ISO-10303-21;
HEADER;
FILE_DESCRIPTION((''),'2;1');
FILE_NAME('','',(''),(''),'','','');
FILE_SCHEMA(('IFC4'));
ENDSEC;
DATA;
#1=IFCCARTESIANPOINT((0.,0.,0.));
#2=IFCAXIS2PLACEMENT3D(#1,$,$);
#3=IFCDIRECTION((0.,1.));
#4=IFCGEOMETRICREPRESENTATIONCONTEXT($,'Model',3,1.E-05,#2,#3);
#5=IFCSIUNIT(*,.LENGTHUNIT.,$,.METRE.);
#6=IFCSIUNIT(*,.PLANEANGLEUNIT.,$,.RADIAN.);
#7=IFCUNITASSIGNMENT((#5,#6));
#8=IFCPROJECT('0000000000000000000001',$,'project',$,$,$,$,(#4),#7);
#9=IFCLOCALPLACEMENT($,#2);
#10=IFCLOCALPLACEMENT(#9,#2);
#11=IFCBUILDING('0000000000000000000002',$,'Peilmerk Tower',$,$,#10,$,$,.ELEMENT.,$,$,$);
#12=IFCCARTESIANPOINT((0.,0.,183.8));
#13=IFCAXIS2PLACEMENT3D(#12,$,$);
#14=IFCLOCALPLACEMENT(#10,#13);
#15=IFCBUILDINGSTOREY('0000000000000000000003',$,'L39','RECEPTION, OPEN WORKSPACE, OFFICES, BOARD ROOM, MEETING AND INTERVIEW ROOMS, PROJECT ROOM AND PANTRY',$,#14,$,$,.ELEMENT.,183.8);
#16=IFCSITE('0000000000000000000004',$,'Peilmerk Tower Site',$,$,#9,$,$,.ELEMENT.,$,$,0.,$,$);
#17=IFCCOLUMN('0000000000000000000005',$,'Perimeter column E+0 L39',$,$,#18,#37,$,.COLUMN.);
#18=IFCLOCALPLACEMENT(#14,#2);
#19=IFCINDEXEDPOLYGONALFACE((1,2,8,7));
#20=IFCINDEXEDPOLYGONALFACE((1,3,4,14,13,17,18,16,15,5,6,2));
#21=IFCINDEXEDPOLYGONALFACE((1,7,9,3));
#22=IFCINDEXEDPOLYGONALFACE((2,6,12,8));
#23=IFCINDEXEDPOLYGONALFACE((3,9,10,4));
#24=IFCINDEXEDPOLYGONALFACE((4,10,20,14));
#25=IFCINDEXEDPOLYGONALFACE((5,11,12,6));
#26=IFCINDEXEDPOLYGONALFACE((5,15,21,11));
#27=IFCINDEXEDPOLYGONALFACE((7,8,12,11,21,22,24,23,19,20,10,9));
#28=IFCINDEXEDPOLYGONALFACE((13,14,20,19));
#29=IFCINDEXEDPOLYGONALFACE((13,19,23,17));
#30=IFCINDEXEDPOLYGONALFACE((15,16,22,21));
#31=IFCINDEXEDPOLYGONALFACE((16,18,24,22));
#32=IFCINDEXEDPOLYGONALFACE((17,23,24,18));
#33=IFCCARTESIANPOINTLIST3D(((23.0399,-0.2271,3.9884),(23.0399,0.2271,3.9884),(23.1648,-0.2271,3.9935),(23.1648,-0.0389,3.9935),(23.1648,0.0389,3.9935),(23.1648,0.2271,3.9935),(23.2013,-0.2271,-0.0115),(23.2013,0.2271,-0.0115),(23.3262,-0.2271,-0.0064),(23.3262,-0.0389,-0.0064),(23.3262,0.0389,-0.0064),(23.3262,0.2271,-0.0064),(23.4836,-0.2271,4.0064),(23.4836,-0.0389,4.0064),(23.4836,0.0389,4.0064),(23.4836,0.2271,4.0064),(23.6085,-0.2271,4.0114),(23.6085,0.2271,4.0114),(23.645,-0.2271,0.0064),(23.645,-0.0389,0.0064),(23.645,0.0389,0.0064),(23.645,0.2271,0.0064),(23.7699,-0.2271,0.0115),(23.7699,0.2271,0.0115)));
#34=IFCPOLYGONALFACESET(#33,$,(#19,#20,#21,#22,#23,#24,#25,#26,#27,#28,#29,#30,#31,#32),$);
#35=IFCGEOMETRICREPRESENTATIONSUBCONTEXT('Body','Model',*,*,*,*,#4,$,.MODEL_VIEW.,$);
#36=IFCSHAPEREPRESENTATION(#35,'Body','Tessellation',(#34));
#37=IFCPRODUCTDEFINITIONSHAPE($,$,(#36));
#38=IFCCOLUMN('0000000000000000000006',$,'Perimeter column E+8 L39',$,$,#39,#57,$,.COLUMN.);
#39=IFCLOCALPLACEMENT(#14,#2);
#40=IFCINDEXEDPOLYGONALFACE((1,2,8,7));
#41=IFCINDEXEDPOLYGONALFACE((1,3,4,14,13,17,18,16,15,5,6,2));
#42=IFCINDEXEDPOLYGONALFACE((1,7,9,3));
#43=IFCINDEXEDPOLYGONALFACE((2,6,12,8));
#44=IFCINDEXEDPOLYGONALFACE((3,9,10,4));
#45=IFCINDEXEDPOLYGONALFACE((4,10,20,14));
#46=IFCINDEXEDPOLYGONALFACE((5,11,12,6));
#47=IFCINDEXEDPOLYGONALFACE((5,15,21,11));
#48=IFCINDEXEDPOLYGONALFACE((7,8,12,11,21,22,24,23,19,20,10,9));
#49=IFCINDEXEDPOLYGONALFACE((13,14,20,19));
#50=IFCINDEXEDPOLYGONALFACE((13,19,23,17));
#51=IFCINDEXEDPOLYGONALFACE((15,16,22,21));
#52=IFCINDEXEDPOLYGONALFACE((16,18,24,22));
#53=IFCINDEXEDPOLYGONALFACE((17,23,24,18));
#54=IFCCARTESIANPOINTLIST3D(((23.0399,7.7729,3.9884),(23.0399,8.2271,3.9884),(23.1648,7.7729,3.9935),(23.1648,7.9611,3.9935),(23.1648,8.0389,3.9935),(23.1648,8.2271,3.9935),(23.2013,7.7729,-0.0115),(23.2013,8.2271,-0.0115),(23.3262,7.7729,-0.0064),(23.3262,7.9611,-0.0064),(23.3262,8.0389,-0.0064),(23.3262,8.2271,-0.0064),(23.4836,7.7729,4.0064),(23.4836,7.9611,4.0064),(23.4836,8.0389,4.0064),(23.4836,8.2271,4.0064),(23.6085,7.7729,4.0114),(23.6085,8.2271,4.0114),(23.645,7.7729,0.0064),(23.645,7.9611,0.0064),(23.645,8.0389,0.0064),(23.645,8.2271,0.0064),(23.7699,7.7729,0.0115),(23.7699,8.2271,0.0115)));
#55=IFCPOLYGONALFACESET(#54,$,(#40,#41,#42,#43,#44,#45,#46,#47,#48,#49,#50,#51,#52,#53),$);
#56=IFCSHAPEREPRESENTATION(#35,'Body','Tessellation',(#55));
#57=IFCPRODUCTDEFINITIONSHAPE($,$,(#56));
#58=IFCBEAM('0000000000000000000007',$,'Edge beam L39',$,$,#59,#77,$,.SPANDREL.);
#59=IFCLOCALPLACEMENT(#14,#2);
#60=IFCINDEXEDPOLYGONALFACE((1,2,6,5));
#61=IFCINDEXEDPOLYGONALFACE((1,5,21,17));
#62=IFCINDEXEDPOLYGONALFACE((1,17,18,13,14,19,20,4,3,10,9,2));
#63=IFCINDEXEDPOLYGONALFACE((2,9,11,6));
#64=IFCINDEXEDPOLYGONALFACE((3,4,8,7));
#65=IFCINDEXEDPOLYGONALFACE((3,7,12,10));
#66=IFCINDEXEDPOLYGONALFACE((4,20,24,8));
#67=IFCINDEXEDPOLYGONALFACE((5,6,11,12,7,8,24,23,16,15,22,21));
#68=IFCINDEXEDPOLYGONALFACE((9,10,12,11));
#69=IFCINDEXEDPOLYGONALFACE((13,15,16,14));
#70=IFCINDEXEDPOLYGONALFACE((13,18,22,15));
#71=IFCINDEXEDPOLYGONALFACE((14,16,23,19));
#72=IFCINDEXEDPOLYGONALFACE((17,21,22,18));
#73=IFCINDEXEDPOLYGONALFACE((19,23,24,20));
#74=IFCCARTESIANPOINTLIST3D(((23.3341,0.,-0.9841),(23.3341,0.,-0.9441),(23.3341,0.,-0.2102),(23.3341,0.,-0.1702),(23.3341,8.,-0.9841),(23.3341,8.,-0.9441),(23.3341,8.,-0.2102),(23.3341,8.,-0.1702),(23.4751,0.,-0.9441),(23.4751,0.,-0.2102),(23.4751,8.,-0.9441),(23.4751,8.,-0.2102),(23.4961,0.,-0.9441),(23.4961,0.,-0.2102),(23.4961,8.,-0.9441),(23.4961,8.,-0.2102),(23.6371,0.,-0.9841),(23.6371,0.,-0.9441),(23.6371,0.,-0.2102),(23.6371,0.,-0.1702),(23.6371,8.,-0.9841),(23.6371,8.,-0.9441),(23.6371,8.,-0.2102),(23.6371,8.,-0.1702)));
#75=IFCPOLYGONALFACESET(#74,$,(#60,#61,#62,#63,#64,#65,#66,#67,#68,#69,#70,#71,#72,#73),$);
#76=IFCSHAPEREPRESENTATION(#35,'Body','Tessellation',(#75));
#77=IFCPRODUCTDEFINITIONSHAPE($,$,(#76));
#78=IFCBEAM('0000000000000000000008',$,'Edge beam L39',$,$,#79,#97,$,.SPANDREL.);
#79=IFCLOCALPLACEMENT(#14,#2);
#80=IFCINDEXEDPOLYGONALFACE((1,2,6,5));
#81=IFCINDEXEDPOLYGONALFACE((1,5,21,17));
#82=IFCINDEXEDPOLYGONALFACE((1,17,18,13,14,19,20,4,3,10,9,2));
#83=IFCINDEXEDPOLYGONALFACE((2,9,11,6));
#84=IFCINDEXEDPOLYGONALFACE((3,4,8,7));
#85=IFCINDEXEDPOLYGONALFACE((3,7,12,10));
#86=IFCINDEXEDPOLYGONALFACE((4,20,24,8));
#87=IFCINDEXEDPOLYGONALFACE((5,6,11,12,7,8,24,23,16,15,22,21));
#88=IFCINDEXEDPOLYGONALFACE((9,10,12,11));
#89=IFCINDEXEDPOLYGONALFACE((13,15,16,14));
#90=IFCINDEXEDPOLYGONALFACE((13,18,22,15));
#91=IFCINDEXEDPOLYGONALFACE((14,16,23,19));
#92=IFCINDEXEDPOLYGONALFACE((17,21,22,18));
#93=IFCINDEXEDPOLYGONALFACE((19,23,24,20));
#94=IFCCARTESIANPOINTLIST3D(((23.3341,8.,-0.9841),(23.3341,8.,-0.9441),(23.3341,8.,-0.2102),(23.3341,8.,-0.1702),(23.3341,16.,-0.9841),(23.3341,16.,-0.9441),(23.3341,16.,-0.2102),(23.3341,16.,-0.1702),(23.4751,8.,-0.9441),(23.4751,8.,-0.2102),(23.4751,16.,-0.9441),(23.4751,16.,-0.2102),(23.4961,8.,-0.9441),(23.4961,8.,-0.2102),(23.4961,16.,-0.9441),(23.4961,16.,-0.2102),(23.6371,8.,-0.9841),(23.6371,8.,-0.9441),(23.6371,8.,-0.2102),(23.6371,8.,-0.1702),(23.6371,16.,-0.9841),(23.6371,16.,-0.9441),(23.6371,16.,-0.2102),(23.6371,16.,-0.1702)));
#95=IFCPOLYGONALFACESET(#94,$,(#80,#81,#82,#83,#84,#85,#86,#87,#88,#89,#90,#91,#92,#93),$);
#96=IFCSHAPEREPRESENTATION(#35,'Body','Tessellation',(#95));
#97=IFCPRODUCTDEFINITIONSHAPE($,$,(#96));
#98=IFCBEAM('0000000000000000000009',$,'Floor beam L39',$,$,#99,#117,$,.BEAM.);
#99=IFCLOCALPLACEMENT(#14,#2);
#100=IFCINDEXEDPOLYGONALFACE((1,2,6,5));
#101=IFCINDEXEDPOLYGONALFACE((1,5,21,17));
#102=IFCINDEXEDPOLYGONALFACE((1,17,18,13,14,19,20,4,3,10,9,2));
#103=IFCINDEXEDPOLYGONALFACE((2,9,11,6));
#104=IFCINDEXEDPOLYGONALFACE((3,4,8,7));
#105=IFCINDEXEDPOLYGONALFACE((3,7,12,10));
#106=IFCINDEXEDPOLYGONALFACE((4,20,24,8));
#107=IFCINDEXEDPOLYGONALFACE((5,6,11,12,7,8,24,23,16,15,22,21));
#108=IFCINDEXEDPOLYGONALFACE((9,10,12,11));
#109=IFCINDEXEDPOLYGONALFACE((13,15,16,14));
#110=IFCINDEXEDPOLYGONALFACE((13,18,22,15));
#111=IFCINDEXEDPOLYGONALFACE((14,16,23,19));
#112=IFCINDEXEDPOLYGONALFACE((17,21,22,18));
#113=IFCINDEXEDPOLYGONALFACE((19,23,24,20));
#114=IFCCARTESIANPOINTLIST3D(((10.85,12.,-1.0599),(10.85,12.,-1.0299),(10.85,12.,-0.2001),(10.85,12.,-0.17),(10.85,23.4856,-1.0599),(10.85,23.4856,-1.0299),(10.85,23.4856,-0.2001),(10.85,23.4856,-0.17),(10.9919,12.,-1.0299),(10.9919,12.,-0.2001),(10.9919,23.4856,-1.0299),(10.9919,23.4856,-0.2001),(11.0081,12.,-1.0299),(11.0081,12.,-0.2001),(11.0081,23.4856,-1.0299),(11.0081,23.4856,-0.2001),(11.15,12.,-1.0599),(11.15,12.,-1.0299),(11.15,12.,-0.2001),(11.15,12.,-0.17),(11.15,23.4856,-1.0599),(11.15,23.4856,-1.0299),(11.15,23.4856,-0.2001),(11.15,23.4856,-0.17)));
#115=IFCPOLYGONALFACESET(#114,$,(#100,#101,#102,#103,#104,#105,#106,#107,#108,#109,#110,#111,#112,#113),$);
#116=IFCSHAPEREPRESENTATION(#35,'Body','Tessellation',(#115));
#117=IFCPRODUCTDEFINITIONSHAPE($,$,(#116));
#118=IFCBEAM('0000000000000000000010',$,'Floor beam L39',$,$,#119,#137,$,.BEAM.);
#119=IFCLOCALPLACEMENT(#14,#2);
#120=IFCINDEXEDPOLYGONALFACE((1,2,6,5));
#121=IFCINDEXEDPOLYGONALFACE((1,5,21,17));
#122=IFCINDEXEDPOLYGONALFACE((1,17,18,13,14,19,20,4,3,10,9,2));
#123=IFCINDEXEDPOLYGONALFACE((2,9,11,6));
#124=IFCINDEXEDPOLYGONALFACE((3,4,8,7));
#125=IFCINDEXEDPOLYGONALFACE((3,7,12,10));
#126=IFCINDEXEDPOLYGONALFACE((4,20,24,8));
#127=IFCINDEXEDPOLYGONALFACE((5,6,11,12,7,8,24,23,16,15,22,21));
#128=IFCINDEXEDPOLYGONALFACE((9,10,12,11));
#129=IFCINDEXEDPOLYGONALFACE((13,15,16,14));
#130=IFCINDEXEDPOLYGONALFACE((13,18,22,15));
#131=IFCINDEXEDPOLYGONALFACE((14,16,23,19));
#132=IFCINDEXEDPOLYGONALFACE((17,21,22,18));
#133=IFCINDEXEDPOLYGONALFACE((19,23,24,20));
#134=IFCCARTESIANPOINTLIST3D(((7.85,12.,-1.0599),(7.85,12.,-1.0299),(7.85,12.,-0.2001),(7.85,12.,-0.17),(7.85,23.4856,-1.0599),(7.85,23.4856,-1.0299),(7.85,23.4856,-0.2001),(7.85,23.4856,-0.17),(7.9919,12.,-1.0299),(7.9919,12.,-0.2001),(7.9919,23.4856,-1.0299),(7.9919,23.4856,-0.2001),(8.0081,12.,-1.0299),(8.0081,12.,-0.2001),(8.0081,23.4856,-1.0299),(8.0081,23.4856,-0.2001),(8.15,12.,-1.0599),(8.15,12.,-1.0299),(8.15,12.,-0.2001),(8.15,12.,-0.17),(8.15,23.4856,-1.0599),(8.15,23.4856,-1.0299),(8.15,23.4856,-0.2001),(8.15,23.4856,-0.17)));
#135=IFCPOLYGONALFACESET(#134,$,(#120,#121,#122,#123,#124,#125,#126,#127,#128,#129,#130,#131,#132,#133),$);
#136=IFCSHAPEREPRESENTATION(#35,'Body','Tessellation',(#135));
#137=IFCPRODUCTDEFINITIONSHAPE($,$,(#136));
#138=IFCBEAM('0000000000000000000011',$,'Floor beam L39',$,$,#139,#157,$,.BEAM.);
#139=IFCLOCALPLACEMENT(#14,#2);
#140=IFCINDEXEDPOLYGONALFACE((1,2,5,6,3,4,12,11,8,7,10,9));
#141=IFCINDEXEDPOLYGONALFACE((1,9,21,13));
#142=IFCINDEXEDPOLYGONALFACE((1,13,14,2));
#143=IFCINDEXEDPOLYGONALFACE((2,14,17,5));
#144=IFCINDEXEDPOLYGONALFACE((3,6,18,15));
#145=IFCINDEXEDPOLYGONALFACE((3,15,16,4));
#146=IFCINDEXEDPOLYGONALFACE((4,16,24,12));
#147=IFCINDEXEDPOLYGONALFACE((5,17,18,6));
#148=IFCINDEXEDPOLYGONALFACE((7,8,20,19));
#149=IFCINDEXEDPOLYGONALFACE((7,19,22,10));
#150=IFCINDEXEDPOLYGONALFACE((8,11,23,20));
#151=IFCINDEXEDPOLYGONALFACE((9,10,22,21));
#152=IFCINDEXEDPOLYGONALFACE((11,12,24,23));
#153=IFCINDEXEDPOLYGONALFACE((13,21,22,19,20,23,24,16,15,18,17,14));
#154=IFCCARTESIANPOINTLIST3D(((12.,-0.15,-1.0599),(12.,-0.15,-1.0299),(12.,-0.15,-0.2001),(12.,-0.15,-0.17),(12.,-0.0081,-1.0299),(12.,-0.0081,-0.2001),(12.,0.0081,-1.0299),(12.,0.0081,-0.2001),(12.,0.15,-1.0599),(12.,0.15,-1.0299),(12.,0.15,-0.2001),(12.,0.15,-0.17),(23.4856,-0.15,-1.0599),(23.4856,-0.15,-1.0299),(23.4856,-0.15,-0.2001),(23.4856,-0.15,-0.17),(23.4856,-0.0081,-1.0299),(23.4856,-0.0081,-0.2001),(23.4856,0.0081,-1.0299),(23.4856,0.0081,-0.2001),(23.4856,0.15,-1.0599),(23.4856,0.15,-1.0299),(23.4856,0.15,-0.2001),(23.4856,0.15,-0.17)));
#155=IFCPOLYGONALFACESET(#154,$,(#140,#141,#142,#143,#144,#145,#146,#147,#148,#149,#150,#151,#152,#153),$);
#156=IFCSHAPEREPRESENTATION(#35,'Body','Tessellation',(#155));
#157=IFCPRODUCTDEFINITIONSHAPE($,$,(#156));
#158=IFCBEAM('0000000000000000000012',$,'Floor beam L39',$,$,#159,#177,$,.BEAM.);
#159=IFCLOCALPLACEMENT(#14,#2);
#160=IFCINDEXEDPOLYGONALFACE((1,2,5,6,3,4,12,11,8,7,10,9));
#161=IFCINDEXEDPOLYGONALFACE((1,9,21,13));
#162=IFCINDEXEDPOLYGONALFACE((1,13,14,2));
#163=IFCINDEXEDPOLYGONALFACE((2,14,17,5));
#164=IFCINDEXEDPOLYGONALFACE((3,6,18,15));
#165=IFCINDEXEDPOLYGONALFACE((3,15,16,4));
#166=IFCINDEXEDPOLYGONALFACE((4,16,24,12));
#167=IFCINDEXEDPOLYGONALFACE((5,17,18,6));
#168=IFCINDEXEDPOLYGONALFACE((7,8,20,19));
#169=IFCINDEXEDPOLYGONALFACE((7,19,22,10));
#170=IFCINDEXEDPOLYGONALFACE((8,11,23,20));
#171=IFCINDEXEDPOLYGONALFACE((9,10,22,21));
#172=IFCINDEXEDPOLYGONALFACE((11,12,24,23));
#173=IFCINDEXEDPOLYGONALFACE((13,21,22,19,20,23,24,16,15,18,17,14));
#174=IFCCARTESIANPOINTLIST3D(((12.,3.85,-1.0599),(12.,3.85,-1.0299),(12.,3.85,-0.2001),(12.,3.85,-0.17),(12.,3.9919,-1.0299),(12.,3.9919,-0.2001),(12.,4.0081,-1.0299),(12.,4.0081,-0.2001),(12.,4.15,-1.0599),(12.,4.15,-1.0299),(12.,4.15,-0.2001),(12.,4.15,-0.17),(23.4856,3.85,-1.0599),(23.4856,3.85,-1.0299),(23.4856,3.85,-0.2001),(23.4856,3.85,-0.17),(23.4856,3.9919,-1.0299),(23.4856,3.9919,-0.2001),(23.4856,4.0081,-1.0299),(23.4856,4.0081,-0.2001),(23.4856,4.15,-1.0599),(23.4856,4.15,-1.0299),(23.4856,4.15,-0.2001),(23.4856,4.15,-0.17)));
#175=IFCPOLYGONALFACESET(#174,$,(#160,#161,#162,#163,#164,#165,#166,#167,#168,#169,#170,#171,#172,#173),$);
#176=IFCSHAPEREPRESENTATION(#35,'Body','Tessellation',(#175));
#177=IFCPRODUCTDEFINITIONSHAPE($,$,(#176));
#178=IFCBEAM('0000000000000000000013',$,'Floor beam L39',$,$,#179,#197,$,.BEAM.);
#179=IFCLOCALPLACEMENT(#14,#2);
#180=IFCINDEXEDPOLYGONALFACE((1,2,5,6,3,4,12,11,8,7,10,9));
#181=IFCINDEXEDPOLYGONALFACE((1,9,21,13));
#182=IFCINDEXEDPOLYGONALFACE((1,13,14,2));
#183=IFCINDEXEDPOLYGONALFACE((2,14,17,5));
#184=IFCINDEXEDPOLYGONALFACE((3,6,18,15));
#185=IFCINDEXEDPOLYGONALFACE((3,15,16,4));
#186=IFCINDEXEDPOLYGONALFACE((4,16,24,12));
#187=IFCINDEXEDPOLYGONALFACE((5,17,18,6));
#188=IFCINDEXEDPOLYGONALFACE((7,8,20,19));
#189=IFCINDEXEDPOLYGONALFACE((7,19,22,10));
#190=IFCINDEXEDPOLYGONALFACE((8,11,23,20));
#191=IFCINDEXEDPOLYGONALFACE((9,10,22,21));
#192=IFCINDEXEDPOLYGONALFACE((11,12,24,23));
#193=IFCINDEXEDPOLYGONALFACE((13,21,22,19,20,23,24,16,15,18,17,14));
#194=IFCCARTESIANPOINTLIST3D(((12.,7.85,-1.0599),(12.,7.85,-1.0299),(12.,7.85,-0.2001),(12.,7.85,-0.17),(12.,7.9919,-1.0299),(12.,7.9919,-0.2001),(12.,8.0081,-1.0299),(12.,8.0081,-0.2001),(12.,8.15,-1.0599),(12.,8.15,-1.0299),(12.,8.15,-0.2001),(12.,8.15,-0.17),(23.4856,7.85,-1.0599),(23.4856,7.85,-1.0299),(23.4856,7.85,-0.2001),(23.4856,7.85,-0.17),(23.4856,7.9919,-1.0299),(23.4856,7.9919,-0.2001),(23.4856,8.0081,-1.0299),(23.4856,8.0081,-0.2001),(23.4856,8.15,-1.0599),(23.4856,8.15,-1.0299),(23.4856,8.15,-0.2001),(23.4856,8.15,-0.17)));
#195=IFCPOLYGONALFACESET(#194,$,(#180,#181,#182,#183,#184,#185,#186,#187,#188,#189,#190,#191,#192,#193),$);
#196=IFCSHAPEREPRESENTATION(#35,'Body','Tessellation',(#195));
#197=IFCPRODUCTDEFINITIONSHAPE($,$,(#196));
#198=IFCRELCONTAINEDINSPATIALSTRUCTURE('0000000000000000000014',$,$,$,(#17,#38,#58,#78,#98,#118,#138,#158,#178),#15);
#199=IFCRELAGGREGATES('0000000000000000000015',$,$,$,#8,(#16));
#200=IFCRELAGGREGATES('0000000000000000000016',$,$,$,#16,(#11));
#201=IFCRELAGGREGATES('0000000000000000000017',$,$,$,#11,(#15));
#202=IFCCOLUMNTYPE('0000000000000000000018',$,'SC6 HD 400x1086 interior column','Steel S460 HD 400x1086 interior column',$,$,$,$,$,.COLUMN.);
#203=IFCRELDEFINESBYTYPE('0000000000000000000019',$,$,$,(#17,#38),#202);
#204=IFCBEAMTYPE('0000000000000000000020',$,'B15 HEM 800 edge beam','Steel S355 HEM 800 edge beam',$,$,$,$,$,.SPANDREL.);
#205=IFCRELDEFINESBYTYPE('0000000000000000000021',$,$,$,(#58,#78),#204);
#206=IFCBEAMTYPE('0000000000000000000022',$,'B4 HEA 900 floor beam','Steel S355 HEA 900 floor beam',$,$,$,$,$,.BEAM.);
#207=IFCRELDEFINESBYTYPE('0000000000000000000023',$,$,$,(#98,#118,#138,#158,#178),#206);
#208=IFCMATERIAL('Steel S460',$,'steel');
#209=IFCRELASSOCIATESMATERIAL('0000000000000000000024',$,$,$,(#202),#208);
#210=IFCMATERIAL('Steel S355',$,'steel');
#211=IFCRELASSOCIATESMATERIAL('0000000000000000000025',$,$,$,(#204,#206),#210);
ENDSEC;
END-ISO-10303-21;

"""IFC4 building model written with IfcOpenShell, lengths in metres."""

from ifc_helpers import new_model, si_unit, direction, frame, origin, origin_2d, place, context, subcontext, project, spatial, i_section, extrude, material, material_profile, profile_set, type_object, element, save


model = new_model("IFC4")

# Units and contexts
model_context = context("Model", 3, precision=1e-05, world=origin(), true_north=direction((0.0, 1.0)))
body_context = subcontext(model_context, "Body", "Model", "MODEL_VIEW")
ifc_project = project(units=[si_unit("LENGTHUNIT", "METRE"), si_unit("PLANEANGLEUNIT", "RADIAN")], contexts=[model_context])

# Site, building, storey
site_placement = place(None, origin())
site = spatial("IfcSite", under=ifc_project, at=site_placement, Name="Peilmerk Tower Site", CompositionType="ELEMENT", RefElevation=0.0)
building_placement = place(site_placement, origin())
building = spatial("IfcBuilding", under=site, at=building_placement, Name="Peilmerk Tower", CompositionType="ELEMENT")
storey_placement = place(building_placement, frame((0.0, 0.0, 183.8)))
storey = spatial("IfcBuildingStorey", under=building, at=storey_placement, Name="L39", Description="RECEPTION, OPEN WORKSPACE, OFFICES, BOARD ROOM, MEETING AND INTERVIEW ROOMS, PROJECT ROOM AND PANTRY", CompositionType="ELEMENT", Elevation=183.8)

# Columns
ifc_material_1 = material(Name="Steel S460", Category="steel")
ifc_material_profile_1 = material_profile(ifc_material_1, i_section(OverallWidth=0.4541, OverallDepth=0.5691, WebThickness=0.0779, FlangeThickness=0.125, at=origin_2d()), Name="HD 400x1086")
ifc_profile_set_1 = profile_set([ifc_material_profile_1], Name="Steel S460")
column_type = type_object("IfcColumnType", Name="SC6 HD 400x1086 interior column", Description="Steel S460 HD 400x1086 interior column", PredefinedType="COLUMN", material=ifc_profile_set_1)
for number, where, z_axis, x_axis, name in (
    (1, (23.4856, 0.0, 0.0), (-0.040311, 0.0, 0.999187), (0.0, -1.0, 0.0), "Perimeter column E+0 L39"),
    (2, (23.4856, 8.0, 0.0), (-0.040311, 0.0, 0.999187), (0.0, -1.0, 0.0), "Perimeter column E+8 L39"),
):
    element("IfcColumn", number, at=place(storey_placement, frame(where, z_axis=z_axis, x_axis=x_axis)), inside=storey, type_object=column_type, Name=name, PredefinedType="COLUMN", context=body_context, shape_type="SweptSolid", body=[
        extrude(i_section(OverallWidth=0.4541, OverallDepth=0.5691, WebThickness=0.0779, FlangeThickness=0.125, at=origin_2d()), origin(), (0.0, 0.0, 1.0), 4.0032),
    ])

# Beams
ifc_material_2 = material(Name="Steel S355", Category="steel")
ifc_material_profile_2 = material_profile(ifc_material_2, i_section(OverallWidth=0.303, OverallDepth=0.814, WebThickness=0.021, FlangeThickness=0.04, at=origin_2d()), Name="HEM 800")
ifc_profile_set_2 = profile_set([ifc_material_profile_2], Name="Steel S355")
beam_type_1 = type_object("IfcBeamType", Name="B15 HEM 800 edge beam", Description="Steel S355 HEM 800 edge beam", PredefinedType="SPANDREL", material=ifc_profile_set_2)
for number, where, z_axis, x_axis, name in (
    (3, (23.4856, 0.0, -0.5771), (0.0, 1.0, 0.0), (-1.0, 0.0, 0.0), "Edge beam L39"),
    (4, (23.4856, 8.0, -0.5771), (0.0, 1.0, 0.0), (-1.0, 0.0, 0.0), "Edge beam L39"),
):
    element("IfcBeam", number, at=place(storey_placement, frame(where, z_axis=z_axis, x_axis=x_axis)), inside=storey, type_object=beam_type_1, Name=name, PredefinedType="SPANDREL", context=body_context, shape_type="SweptSolid", body=[
        extrude(i_section(OverallWidth=0.303, OverallDepth=0.814, WebThickness=0.021, FlangeThickness=0.04, at=origin_2d()), origin(), (0.0, 0.0, 1.0), 8.0),
    ])
ifc_material_profile_3 = material_profile(ifc_material_2, i_section(OverallWidth=0.3, OverallDepth=0.8899, WebThickness=0.0161, FlangeThickness=0.03, at=origin_2d()), Name="HEA 900")
ifc_profile_set_3 = profile_set([ifc_material_profile_3], Name="Steel S355")
beam_type_2 = type_object("IfcBeamType", Name="B4 HEA 900 floor beam", Description="Steel S355 HEA 900 floor beam", PredefinedType="BEAM", material=ifc_profile_set_3)
for number, where, z_axis, x_axis, name in (
    (5, (11.0, 12.0, -0.615), (0.0, 1.0, 0.0), (-1.0, 0.0, 0.0), "Floor beam L39"),
    (6, (8.0, 12.0, -0.615), (0.0, 1.0, 0.0), (-1.0, 0.0, 0.0), "Floor beam L39"),
    (7, (12.0, 0.0, -0.615), (1.0, 0.0, 0.0), (0.0, 1.0, 0.0), "Floor beam L39"),
    (8, (12.0, 4.0, -0.615), (1.0, 0.0, 0.0), (0.0, 1.0, 0.0), "Floor beam L39"),
    (9, (12.0, 8.0, -0.615), (1.0, 0.0, 0.0), (0.0, 1.0, 0.0), "Floor beam L39"),
):
    element("IfcBeam", number, at=place(storey_placement, frame(where, z_axis=z_axis, x_axis=x_axis)), inside=storey, type_object=beam_type_2, Name=name, PredefinedType="BEAM", context=body_context, shape_type="SweptSolid", body=[
        extrude(i_section(OverallWidth=0.3, OverallDepth=0.8899, WebThickness=0.0161, FlangeThickness=0.03, at=origin_2d()), origin(), (0.0, 0.0, 1.0), 11.4856),
    ])

save(model, "model.ifc")
